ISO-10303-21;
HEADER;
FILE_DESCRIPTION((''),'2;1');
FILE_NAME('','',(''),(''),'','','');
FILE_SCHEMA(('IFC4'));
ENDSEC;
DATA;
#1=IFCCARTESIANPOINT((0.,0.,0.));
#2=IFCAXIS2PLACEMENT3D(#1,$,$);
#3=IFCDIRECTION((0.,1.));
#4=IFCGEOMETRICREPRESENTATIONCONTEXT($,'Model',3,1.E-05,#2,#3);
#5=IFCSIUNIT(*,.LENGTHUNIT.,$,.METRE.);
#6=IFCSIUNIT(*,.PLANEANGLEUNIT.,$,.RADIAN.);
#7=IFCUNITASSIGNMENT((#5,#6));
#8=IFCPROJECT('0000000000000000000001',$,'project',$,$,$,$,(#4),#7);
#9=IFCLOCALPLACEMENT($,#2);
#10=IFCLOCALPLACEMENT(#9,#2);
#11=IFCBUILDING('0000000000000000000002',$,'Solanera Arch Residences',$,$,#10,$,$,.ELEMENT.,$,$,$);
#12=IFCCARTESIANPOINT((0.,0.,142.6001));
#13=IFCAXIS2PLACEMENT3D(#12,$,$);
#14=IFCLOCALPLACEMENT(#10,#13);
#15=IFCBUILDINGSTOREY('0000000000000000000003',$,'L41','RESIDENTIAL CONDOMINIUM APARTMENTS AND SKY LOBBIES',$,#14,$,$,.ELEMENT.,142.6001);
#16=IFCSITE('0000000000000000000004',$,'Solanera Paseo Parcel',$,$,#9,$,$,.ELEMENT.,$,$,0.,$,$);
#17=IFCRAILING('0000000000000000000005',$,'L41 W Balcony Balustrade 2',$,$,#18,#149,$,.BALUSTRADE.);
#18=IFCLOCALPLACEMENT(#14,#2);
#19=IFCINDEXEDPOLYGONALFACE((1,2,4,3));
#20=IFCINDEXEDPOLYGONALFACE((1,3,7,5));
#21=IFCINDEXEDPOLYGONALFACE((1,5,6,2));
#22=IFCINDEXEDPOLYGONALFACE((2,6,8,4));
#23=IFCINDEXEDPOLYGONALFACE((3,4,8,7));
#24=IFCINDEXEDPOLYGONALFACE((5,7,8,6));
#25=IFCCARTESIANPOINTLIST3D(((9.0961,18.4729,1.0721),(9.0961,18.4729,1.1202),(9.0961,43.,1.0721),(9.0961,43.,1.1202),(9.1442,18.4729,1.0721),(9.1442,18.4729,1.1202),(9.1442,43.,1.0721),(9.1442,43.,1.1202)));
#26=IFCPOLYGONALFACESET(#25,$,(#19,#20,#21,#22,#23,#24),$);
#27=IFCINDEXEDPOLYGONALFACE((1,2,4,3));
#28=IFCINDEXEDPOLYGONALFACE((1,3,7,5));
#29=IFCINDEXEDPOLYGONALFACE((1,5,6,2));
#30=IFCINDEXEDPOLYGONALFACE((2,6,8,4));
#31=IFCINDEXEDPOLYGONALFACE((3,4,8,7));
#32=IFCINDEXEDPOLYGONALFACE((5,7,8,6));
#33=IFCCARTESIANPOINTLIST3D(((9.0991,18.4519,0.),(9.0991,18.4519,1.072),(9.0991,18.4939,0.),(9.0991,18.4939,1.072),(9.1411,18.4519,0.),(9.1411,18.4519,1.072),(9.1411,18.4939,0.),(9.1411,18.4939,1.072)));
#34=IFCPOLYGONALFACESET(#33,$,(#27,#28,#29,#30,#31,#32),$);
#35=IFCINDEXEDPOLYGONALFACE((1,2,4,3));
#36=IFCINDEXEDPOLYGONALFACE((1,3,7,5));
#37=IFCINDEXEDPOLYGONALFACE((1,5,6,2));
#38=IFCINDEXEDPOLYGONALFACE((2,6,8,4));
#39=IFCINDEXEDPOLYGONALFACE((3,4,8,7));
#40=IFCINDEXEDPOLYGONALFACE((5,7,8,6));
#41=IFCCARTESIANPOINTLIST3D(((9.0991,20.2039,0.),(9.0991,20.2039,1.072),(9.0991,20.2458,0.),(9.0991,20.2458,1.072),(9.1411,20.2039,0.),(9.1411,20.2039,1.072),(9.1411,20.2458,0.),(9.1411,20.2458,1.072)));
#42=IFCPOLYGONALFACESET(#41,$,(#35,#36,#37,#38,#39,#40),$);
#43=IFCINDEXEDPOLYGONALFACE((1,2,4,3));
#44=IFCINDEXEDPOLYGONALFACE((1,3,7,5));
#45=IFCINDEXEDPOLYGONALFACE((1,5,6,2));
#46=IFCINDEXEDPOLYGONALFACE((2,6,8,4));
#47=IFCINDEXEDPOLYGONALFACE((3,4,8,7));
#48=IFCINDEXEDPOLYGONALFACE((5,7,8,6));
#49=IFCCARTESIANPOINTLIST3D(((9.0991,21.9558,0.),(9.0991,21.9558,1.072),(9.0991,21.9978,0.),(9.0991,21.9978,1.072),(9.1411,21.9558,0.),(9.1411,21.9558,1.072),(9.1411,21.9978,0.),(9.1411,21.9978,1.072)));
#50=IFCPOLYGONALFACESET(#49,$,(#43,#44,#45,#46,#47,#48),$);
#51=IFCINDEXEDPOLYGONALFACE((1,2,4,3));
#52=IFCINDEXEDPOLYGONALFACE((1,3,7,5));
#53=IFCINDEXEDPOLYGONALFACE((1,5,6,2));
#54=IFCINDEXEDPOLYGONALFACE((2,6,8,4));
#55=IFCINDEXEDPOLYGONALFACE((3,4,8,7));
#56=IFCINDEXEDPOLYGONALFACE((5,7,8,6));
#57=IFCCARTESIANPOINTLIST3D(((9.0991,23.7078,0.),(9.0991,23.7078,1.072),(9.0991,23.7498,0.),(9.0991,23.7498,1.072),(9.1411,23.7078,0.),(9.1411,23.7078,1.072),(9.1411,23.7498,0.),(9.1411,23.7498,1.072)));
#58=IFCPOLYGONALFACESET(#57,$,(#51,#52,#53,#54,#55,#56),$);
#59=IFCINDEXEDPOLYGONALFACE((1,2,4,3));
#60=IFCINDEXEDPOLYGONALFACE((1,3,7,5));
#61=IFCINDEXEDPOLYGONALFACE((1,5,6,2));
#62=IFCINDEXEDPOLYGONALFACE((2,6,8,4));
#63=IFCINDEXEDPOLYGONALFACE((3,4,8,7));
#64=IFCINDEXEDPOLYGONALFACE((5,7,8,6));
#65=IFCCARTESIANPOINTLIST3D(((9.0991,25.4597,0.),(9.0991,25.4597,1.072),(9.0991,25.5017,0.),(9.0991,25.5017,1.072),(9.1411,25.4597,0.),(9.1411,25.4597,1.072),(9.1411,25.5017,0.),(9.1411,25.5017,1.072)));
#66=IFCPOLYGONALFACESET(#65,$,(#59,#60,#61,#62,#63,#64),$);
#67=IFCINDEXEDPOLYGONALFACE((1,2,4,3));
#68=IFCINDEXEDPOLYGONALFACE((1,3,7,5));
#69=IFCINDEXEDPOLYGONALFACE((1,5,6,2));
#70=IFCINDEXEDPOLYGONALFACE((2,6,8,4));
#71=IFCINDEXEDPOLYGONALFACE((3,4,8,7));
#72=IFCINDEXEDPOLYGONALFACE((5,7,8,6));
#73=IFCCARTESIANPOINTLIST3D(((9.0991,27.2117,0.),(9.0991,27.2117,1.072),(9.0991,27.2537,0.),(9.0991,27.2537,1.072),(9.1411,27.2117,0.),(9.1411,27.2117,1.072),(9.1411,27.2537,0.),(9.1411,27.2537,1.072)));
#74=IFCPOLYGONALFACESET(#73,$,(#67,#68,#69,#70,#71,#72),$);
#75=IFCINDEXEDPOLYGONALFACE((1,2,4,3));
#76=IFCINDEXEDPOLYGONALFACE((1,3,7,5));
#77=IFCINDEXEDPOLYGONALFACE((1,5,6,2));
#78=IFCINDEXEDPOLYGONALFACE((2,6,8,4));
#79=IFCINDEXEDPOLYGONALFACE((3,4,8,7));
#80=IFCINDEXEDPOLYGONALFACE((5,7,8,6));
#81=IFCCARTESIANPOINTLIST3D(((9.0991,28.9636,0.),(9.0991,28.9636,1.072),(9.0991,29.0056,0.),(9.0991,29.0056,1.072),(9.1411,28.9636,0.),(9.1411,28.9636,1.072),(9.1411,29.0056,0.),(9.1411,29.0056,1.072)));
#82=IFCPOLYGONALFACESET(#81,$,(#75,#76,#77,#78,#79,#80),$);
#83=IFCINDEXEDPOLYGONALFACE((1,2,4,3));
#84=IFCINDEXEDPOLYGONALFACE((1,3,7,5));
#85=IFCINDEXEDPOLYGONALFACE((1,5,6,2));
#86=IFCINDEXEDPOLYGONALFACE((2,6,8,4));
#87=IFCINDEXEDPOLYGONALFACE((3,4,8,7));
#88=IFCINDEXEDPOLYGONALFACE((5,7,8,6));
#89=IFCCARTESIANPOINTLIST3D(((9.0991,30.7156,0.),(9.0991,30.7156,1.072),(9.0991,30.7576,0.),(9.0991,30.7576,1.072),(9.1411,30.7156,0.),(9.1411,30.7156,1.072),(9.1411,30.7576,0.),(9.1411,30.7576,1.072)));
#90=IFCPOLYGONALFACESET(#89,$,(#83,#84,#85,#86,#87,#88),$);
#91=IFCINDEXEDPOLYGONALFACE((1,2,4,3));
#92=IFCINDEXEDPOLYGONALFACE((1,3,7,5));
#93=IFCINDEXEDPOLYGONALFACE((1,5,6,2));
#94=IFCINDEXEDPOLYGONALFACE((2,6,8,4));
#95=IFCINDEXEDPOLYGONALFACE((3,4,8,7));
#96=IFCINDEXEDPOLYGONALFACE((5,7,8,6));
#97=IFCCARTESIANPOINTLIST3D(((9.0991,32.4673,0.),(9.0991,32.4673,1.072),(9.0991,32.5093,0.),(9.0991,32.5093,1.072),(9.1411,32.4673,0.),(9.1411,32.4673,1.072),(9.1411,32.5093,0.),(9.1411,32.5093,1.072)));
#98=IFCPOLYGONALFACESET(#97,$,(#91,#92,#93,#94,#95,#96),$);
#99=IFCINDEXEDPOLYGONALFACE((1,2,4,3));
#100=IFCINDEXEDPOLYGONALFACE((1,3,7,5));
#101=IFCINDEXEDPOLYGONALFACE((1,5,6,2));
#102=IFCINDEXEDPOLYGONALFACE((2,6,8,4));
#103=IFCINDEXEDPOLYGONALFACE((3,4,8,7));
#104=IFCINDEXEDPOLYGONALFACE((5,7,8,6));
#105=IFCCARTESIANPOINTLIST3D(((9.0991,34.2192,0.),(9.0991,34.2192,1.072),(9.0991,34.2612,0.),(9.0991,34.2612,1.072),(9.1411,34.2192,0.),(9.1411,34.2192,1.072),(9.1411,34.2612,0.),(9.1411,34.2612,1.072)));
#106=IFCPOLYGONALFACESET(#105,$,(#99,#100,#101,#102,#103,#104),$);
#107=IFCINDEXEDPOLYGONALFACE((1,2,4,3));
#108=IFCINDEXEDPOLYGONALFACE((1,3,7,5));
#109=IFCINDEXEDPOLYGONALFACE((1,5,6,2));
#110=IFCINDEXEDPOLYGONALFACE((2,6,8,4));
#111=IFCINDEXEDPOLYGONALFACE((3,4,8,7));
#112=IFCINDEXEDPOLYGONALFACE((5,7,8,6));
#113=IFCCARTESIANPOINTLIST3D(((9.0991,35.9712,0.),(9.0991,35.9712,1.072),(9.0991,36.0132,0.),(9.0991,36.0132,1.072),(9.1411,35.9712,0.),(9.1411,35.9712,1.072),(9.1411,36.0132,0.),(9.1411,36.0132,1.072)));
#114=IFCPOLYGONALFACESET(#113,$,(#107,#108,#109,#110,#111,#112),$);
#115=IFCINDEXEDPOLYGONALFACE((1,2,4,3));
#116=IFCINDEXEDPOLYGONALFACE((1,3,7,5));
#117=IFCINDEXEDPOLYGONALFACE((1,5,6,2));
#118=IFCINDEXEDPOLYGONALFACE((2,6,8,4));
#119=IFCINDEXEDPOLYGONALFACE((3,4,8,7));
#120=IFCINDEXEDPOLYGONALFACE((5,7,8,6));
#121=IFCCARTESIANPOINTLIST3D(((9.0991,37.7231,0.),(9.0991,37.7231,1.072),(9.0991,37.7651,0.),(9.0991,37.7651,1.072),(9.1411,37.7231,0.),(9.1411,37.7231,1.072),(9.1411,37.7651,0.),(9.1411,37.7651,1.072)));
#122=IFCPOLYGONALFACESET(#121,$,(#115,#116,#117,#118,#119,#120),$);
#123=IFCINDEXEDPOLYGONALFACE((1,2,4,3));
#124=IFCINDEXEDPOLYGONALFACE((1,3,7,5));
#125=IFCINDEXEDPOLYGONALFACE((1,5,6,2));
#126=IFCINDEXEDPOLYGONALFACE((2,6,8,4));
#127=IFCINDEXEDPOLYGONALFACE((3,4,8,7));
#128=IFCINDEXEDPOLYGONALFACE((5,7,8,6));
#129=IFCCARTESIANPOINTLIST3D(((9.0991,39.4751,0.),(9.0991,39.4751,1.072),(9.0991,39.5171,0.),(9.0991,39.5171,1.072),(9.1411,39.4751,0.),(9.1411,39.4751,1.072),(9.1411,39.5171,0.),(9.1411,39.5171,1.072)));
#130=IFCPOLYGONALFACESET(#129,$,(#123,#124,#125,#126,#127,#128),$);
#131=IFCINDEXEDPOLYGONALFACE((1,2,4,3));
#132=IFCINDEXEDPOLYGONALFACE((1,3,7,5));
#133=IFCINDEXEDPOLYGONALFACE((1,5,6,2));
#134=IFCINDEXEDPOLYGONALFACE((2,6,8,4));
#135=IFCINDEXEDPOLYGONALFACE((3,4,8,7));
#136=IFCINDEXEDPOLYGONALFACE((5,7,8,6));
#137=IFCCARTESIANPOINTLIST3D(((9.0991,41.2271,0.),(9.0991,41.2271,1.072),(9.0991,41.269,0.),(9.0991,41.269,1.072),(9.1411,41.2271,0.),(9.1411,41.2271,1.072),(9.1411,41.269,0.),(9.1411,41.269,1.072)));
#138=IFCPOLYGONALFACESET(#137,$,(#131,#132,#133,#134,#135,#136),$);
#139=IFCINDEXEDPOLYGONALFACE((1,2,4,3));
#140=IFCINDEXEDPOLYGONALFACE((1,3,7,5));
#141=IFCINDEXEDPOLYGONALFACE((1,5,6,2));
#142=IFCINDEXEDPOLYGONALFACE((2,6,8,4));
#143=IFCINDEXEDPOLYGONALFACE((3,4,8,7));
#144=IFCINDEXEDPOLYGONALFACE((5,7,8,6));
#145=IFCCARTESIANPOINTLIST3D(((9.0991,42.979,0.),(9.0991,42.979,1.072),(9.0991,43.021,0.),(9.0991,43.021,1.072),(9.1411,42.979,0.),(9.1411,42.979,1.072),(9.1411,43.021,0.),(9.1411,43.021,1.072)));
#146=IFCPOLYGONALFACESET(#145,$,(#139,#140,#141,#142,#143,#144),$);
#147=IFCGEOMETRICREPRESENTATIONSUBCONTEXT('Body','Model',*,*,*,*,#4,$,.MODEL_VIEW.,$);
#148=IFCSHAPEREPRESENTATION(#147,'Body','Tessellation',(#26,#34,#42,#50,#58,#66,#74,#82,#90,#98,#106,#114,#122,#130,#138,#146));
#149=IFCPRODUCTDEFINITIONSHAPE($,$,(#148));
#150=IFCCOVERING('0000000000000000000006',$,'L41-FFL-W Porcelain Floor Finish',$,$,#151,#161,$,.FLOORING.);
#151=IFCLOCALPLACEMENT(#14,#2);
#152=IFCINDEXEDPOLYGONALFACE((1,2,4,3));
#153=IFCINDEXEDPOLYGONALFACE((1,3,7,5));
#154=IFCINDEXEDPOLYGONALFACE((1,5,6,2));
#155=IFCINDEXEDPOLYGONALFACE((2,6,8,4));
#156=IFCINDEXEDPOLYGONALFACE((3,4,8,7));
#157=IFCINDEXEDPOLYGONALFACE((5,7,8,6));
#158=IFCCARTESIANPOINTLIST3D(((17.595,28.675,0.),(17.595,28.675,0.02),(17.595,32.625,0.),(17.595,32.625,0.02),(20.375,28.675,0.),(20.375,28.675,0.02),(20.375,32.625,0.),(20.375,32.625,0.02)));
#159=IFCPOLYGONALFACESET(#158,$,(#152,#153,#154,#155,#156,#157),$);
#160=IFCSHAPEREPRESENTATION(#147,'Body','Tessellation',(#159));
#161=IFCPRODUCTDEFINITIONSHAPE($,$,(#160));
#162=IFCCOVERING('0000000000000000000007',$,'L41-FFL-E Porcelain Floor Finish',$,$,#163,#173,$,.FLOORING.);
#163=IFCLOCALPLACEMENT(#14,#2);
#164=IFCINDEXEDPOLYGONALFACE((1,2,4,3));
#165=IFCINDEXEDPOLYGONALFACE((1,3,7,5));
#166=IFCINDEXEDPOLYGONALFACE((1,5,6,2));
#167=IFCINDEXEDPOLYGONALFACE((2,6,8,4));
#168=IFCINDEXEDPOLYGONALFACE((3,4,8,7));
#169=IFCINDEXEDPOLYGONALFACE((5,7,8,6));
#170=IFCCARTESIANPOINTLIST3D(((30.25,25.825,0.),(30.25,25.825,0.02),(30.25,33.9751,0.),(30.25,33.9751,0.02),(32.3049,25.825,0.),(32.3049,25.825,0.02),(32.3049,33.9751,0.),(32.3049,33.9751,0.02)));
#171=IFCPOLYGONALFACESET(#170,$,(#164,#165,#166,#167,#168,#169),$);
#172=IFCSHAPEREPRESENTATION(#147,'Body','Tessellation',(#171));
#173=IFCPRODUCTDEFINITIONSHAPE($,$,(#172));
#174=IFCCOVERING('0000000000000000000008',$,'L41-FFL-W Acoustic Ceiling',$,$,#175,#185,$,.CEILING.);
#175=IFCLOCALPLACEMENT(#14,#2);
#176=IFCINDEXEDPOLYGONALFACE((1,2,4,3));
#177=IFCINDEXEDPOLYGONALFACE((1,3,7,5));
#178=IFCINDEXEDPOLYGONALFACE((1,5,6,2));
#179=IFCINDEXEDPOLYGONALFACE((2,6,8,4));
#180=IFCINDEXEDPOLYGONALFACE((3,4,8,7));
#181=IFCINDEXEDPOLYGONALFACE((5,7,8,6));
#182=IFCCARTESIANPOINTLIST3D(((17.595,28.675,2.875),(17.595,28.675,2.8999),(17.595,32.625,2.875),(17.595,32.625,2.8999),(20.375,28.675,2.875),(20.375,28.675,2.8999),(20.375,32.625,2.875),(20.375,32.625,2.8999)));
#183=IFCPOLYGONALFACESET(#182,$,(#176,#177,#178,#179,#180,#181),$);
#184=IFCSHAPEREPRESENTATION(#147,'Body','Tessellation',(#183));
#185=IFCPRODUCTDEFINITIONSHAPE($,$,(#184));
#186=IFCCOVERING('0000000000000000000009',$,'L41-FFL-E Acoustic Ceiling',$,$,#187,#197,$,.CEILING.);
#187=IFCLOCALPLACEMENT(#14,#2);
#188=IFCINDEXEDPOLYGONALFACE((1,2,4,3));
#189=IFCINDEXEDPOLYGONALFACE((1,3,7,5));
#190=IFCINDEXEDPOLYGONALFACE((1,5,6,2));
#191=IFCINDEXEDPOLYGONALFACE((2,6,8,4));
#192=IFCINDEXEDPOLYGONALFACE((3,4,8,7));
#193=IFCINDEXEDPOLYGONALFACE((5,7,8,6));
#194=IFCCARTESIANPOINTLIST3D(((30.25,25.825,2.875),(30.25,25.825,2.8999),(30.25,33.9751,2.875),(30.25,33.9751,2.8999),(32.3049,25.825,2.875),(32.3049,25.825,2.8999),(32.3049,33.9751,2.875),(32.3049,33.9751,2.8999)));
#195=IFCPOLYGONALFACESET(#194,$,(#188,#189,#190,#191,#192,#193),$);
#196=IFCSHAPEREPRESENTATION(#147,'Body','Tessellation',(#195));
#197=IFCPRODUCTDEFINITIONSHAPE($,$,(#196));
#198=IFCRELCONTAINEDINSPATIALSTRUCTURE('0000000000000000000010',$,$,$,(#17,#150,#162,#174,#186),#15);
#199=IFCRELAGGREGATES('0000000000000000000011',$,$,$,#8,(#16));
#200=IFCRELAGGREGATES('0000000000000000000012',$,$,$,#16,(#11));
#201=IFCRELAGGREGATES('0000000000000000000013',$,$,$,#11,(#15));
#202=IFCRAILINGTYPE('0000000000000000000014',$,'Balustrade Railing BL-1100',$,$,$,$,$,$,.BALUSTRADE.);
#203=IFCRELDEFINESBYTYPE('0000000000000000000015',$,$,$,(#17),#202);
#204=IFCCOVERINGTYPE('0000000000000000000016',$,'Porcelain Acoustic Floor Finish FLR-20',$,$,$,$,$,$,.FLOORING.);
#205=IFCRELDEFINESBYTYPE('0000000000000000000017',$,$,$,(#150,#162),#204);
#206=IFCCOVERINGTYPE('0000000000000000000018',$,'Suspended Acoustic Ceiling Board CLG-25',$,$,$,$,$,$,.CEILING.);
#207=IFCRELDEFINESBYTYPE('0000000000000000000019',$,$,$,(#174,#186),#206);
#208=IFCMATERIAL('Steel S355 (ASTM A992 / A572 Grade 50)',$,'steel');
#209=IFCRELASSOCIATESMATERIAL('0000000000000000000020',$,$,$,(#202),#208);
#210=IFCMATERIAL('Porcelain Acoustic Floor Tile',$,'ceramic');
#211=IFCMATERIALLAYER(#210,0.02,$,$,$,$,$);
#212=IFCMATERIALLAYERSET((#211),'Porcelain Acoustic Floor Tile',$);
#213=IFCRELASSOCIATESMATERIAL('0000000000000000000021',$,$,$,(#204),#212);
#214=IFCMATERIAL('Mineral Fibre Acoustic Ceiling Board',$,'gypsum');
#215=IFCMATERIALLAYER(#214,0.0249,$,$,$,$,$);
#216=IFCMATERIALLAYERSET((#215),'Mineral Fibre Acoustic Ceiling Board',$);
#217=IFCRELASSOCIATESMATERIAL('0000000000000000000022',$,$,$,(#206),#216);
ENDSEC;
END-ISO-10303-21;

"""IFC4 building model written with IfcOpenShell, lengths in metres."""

from ifc_helpers import new_model, si_unit, direction, frame, origin, origin_2d, place, context, subcontext, project, spatial, polyline, rectangle, outline, extrude, material, layer, layer_set, type_object, element, save


model = new_model("IFC4")

# Units and contexts
model_context = context("Model", 3, precision=1e-05, world=origin(), true_north=direction((0.0, 1.0)))
body_context = subcontext(model_context, "Body", "Model", "MODEL_VIEW")
ifc_project = project(units=[si_unit("LENGTHUNIT", "METRE"), si_unit("PLANEANGLEUNIT", "RADIAN")], contexts=[model_context])

# Site, building, storey
site_placement = place(None, origin())
site = spatial("IfcSite", under=ifc_project, at=site_placement, Name="Solanera Paseo Parcel", CompositionType="ELEMENT", RefElevation=0.0)
building_placement = place(site_placement, origin())
building = spatial("IfcBuilding", under=site, at=building_placement, Name="Solanera Arch Residences", CompositionType="ELEMENT")
storey_placement = place(building_placement, frame((0.0, 0.0, 142.6001)))
storey = spatial("IfcBuildingStorey", under=building, at=storey_placement, Name="L41", Description="RESIDENTIAL CONDOMINIUM APARTMENTS AND SKY LOBBIES", CompositionType="ELEMENT", Elevation=142.6001)

# Railing
ifc_material_1 = material(Name="Steel S355 (ASTM A992 / A572 Grade 50)", Category="steel")
railing_type = type_object("IfcRailingType", Name="Balustrade Railing BL-1100", PredefinedType="BALUSTRADE", material=ifc_material_1)
railing_placement = place(storey_placement, frame((9.1201, 18.4729, 0.0)))
element("IfcRailing", 1, at=railing_placement, inside=storey, type_object=railing_type, Name="L41 W Balcony Balustrade 2", PredefinedType="BALUSTRADE", context=body_context, shape_type="SweptSolid", body=[
    extrude(rectangle(XDim=0.0481, YDim=0.0481, at=origin_2d()), frame((0.0, 0.0, 1.0962), z_axis=(0.0, 1.0, 0.0), x_axis=(-1.0, 0.0, 0.0)), (0.0, 0.0, 1.0), 24.5271),
    extrude(rectangle(XDim=0.042, YDim=0.042, at=origin_2d()), origin(), (0.0, 0.0, 1.0), 1.072),
    extrude(rectangle(XDim=0.042, YDim=0.042, at=origin_2d()), frame((0.0, 1.752, 0.0)), (0.0, 0.0, 1.0), 1.072),
    extrude(rectangle(XDim=0.042, YDim=0.042, at=origin_2d()), frame((0.0, 3.5039, 0.0)), (0.0, 0.0, 1.0), 1.072),
    extrude(rectangle(XDim=0.042, YDim=0.042, at=origin_2d()), frame((0.0, 5.2559, 0.0)), (0.0, 0.0, 1.0), 1.072),
    extrude(rectangle(XDim=0.042, YDim=0.042, at=origin_2d()), frame((0.0, 7.0078, 0.0)), (0.0, 0.0, 1.0), 1.072),
    extrude(rectangle(XDim=0.042, YDim=0.042, at=origin_2d()), frame((0.0, 8.7598, 0.0)), (0.0, 0.0, 1.0), 1.072),
    extrude(rectangle(XDim=0.042, YDim=0.042, at=origin_2d()), frame((0.0, 10.5117, 0.0)), (0.0, 0.0, 1.0), 1.072),
    extrude(rectangle(XDim=0.042, YDim=0.042, at=origin_2d()), frame((0.0, 12.2637, 0.0)), (0.0, 0.0, 1.0), 1.072),
    extrude(rectangle(XDim=0.042, YDim=0.042, at=origin_2d()), frame((0.0, 14.0154, 0.0)), (0.0, 0.0, 1.0), 1.072),
    extrude(rectangle(XDim=0.042, YDim=0.042, at=origin_2d()), frame((0.0, 15.7673, 0.0)), (0.0, 0.0, 1.0), 1.072),
    extrude(rectangle(XDim=0.042, YDim=0.042, at=origin_2d()), frame((0.0, 17.5193, 0.0)), (0.0, 0.0, 1.0), 1.072),
    extrude(rectangle(XDim=0.042, YDim=0.042, at=origin_2d()), frame((0.0, 19.2712, 0.0)), (0.0, 0.0, 1.0), 1.072),
    extrude(rectangle(XDim=0.042, YDim=0.042, at=origin_2d()), frame((0.0, 21.0232, 0.0)), (0.0, 0.0, 1.0), 1.072),
    extrude(rectangle(XDim=0.042, YDim=0.042, at=origin_2d()), frame((0.0, 22.7751, 0.0)), (0.0, 0.0, 1.0), 1.072),
    extrude(rectangle(XDim=0.042, YDim=0.042, at=origin_2d()), frame((0.0, 24.5271, 0.0)), (0.0, 0.0, 1.0), 1.072),
])

# Coverings
ifc_material_2 = material(Name="Porcelain Acoustic Floor Tile", Category="ceramic")
ifc_layer_1 = layer(ifc_material_2, 0.02)
ifc_layer_set_1 = layer_set([ifc_layer_1], Name="Porcelain Acoustic Floor Tile")
covering_type_1 = type_object("IfcCoveringType", Name="Porcelain Acoustic Floor Finish FLR-20", PredefinedType="FLOORING", material=ifc_layer_set_1)
covering_1_placement = place(storey_placement, origin())
element("IfcCovering", 2, at=covering_1_placement, inside=storey, type_object=covering_type_1, Name="L41-FFL-W Porcelain Floor Finish", PredefinedType="FLOORING", context=body_context, shape_type="SweptSolid", body=[
    extrude(outline(polyline([(20.375, 28.675), (17.595, 28.675), (17.595, 32.625), (20.375, 32.625), (20.375, 28.675)])), origin(), (0.0, 0.0, 1.0), 0.02),
])
covering_2_placement = place(storey_placement, origin())
element("IfcCovering", 3, at=covering_2_placement, inside=storey, type_object=covering_type_1, Name="L41-FFL-E Porcelain Floor Finish", PredefinedType="FLOORING", context=body_context, shape_type="SweptSolid", body=[
    extrude(outline(polyline([(32.3049, 25.825), (30.25, 25.825), (30.25, 33.9751), (32.3049, 33.9751), (32.3049, 25.825)])), origin(), (0.0, 0.0, 1.0), 0.02),
])
ifc_material_3 = material(Name="Mineral Fibre Acoustic Ceiling Board", Category="gypsum")
ifc_layer_2 = layer(ifc_material_3, 0.0249)
ifc_layer_set_2 = layer_set([ifc_layer_2], Name="Mineral Fibre Acoustic Ceiling Board")
covering_type_2 = type_object("IfcCoveringType", Name="Suspended Acoustic Ceiling Board CLG-25", PredefinedType="CEILING", material=ifc_layer_set_2)
covering_3_placement = place(storey_placement, frame((0.0, 0.0, 2.875)))
element("IfcCovering", 4, at=covering_3_placement, inside=storey, type_object=covering_type_2, Name="L41-FFL-W Acoustic Ceiling", PredefinedType="CEILING", context=body_context, shape_type="SweptSolid", body=[
    extrude(outline(polyline([(20.375, 28.675), (17.595, 28.675), (17.595, 32.625), (20.375, 32.625), (20.375, 28.675)])), origin(), (0.0, 0.0, 1.0), 0.0249),
])
covering_4_placement = place(storey_placement, frame((0.0, 0.0, 2.875)))
element("IfcCovering", 5, at=covering_4_placement, inside=storey, type_object=covering_type_2, Name="L41-FFL-E Acoustic Ceiling", PredefinedType="CEILING", context=body_context, shape_type="SweptSolid", body=[
    extrude(outline(polyline([(32.3049, 25.825), (30.25, 25.825), (30.25, 33.9751), (32.3049, 33.9751), (32.3049, 25.825)])), origin(), (0.0, 0.0, 1.0), 0.0249),
])

save(model, "model.ifc")
